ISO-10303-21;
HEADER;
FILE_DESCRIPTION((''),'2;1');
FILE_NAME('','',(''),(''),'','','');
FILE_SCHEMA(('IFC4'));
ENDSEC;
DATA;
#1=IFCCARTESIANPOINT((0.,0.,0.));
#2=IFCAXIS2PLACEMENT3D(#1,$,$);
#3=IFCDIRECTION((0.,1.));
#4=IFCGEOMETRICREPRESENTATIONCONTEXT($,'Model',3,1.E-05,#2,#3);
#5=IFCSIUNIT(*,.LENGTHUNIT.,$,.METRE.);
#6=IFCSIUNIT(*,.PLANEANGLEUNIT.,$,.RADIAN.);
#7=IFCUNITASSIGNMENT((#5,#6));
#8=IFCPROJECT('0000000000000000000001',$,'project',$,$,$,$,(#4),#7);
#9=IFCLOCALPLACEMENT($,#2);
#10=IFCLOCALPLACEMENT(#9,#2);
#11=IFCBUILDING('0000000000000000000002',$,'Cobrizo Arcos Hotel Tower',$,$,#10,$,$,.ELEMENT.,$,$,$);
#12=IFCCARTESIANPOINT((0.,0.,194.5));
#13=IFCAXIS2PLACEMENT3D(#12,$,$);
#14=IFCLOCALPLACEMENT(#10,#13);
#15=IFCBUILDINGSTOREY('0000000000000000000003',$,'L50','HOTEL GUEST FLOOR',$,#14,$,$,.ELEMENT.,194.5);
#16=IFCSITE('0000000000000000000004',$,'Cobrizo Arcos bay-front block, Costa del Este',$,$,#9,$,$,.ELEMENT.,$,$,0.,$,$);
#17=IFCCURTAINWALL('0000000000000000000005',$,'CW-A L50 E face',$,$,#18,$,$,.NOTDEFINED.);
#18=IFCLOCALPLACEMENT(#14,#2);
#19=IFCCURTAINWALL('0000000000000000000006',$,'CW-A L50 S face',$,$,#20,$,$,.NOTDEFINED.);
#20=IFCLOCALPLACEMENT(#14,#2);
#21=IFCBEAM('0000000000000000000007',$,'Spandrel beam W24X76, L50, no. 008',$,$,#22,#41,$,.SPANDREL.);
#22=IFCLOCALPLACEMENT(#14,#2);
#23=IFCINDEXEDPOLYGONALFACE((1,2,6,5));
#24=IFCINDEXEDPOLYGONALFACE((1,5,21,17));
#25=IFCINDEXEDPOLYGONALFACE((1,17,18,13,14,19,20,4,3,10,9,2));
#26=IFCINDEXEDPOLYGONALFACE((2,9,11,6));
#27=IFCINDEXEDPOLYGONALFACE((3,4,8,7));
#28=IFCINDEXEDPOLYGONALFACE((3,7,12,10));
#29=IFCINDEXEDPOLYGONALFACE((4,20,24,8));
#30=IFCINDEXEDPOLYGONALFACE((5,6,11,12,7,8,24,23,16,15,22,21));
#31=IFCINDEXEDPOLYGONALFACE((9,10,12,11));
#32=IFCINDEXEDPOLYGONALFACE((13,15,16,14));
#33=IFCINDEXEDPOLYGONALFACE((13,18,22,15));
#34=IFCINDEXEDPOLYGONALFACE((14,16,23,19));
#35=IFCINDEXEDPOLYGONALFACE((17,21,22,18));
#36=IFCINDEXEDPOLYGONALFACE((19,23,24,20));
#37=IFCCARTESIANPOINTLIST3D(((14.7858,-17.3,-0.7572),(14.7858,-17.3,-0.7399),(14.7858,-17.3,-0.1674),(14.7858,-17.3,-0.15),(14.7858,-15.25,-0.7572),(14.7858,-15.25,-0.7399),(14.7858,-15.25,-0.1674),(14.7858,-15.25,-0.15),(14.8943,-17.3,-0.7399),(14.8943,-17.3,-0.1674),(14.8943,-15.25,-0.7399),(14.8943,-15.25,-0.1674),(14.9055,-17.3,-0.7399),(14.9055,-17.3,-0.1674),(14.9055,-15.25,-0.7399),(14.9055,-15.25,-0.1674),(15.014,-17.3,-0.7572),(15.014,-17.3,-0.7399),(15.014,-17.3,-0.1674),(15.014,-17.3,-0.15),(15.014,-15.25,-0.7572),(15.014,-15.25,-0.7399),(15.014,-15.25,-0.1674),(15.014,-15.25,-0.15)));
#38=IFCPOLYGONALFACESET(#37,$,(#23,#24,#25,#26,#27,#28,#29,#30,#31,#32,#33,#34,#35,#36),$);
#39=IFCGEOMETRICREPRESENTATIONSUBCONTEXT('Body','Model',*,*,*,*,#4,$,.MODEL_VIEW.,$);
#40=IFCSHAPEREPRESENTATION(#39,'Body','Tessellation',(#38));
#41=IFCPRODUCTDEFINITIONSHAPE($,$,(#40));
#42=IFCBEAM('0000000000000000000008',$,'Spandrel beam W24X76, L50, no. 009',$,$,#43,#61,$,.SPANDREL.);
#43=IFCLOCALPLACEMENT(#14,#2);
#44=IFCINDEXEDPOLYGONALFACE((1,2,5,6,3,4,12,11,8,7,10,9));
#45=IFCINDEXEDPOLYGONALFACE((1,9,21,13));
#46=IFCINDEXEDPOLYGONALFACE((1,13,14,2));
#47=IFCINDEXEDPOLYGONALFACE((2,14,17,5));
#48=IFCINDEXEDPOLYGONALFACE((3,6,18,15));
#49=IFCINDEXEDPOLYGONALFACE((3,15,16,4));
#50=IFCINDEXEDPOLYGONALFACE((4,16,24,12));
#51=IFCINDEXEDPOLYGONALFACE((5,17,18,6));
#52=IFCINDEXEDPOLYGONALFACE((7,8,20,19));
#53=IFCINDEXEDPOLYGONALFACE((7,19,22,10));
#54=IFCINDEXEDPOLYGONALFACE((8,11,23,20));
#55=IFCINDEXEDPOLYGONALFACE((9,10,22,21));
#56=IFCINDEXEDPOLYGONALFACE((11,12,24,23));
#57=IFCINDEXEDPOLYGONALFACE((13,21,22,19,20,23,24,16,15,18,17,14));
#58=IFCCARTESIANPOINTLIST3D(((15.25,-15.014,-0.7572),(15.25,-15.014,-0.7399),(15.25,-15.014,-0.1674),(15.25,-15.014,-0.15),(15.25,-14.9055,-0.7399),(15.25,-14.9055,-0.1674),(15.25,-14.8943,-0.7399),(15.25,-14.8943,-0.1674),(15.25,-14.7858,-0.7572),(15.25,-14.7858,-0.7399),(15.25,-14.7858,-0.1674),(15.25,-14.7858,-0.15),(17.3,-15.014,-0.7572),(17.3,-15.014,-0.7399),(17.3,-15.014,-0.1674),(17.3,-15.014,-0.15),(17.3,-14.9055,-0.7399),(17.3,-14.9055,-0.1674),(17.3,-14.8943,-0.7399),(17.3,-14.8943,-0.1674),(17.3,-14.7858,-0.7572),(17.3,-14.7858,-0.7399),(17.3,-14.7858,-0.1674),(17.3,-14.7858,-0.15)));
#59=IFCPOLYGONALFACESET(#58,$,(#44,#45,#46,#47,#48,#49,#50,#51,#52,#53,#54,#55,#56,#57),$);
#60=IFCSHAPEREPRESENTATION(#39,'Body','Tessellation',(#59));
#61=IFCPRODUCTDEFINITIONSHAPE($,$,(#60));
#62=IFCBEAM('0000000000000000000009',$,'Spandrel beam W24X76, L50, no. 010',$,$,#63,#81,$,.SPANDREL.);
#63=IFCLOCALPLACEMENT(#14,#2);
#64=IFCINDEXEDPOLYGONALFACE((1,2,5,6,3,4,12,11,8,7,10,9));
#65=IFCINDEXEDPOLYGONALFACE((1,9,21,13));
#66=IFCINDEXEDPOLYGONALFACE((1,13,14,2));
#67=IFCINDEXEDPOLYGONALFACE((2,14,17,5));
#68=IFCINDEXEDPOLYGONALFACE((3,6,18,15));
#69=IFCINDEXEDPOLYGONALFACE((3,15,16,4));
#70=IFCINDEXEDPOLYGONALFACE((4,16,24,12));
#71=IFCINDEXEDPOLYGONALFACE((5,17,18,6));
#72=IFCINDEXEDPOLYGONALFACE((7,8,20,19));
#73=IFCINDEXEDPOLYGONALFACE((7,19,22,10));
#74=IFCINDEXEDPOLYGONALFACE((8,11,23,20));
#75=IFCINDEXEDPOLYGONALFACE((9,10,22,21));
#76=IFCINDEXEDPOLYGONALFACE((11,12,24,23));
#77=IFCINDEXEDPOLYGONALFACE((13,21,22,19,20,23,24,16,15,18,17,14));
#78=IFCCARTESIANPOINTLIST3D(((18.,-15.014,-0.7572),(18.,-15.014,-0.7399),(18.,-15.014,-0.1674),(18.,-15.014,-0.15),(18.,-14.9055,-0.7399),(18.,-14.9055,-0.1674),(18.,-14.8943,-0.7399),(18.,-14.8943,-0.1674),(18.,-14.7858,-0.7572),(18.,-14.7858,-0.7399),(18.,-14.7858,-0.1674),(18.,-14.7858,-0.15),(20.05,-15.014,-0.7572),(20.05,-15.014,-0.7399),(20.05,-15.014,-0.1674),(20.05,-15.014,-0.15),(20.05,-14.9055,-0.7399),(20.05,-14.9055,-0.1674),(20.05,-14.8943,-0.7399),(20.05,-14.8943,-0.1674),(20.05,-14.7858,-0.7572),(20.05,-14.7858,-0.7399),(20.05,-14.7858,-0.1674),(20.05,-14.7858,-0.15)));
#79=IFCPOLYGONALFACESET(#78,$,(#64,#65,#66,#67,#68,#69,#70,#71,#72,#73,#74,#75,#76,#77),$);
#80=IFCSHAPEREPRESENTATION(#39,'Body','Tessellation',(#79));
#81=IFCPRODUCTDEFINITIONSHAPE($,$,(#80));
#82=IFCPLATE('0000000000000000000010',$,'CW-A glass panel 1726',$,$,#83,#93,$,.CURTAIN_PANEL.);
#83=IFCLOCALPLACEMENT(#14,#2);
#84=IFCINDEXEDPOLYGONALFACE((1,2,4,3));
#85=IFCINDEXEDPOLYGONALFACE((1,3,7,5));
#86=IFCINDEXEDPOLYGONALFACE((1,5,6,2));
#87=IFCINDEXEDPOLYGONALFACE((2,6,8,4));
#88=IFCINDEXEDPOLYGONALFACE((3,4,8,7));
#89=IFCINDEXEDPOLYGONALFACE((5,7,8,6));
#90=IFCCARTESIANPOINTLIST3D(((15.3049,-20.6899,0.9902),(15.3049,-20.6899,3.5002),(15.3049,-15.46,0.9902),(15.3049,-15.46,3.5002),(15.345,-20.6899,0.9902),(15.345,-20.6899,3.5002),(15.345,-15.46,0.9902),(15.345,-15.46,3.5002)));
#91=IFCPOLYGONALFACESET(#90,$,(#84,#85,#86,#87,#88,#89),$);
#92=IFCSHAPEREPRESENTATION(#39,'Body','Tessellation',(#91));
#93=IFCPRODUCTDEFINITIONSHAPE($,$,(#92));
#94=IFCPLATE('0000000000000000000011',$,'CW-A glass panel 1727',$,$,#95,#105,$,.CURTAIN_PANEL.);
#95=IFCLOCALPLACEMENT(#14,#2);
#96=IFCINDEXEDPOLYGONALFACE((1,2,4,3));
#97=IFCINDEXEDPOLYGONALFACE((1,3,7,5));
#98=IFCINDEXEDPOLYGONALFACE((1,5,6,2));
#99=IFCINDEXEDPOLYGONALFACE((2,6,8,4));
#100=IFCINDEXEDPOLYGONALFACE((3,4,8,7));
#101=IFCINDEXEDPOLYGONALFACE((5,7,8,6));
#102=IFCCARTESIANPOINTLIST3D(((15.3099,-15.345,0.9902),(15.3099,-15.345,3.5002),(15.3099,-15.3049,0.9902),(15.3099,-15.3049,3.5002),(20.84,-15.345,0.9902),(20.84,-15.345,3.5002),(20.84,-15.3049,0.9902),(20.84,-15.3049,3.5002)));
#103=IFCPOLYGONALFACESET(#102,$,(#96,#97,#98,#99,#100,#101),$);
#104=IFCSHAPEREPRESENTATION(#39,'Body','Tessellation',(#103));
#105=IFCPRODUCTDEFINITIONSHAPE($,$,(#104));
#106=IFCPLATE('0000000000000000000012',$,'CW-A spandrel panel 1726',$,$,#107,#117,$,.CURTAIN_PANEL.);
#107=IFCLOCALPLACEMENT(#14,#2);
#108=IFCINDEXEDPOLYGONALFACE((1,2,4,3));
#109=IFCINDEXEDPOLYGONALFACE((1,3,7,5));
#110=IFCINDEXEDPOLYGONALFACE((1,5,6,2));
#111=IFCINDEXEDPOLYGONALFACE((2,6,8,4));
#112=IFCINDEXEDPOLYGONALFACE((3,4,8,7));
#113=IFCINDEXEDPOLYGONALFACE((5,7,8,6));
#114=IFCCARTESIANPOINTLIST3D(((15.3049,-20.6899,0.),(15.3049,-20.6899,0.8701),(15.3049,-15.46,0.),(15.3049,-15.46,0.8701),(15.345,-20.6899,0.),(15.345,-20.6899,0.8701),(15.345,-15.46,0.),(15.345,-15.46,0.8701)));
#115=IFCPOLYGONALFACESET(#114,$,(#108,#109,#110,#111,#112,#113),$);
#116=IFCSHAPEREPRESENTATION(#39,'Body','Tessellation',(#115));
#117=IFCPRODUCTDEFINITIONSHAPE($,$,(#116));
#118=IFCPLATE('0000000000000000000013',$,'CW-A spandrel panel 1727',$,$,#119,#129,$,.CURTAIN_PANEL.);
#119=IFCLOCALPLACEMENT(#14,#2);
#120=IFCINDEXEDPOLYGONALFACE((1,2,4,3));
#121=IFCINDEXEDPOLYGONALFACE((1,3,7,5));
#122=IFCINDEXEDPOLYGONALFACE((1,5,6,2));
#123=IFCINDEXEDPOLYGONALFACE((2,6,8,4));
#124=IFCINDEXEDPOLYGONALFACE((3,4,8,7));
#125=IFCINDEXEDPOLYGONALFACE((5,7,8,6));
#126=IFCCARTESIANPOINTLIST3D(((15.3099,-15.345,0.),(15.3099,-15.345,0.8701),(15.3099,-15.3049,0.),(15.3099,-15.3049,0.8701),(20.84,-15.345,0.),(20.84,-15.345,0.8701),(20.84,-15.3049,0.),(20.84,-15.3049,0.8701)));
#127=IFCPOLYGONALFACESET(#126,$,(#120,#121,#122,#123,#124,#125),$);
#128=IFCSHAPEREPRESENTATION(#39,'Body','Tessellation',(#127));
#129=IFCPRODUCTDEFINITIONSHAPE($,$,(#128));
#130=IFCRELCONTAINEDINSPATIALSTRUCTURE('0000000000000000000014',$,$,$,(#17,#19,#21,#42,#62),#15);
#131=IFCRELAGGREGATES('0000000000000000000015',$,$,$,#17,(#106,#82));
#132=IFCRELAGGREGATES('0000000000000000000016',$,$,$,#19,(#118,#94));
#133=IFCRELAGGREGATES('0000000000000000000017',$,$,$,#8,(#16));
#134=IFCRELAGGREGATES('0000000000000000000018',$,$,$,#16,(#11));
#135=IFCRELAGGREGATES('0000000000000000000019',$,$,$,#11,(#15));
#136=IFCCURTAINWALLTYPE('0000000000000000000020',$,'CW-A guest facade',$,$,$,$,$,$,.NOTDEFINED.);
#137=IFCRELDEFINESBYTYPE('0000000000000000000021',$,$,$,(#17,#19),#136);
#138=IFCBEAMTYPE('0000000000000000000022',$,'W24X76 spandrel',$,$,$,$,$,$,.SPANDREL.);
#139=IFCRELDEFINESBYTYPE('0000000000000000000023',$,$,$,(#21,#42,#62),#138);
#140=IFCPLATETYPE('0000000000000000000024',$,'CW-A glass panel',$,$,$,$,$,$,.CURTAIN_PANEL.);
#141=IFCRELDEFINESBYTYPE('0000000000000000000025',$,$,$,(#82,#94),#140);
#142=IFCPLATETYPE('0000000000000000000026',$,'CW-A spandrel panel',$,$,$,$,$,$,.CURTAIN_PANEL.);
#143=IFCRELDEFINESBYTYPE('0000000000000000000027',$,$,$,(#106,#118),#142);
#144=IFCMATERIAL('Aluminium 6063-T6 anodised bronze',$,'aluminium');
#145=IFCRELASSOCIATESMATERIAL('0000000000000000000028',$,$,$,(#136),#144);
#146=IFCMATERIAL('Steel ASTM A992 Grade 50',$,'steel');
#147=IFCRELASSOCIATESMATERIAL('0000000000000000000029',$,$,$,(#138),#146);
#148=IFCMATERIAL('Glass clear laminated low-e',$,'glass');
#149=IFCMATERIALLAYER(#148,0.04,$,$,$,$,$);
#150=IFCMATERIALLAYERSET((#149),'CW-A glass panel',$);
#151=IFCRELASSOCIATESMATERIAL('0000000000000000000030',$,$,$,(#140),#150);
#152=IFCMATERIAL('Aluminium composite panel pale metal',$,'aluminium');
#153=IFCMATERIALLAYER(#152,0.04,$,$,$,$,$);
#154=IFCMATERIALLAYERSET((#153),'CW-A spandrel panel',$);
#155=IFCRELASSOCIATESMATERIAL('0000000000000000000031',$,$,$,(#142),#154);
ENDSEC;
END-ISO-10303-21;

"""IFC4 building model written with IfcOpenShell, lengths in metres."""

from ifc_helpers import new_model, si_unit, direction, frame, origin, origin_2d, place, context, subcontext, project, spatial, rectangle, i_section, extrude, material, layer, layer_set, material_profile, profile_set, type_object, element, aggregate, save


model = new_model("IFC4")

# Units and contexts
model_context = context("Model", 3, precision=1e-05, world=origin(), true_north=direction((0.0, 1.0)))
body_context = subcontext(model_context, "Body", "Model", "MODEL_VIEW")
ifc_project = project(units=[si_unit("LENGTHUNIT", "METRE"), si_unit("PLANEANGLEUNIT", "RADIAN")], contexts=[model_context])

# Site, building, storey
site_placement = place(None, origin())
site = spatial("IfcSite", under=ifc_project, at=site_placement, Name="Cobrizo Arcos bay-front block, Costa del Este", CompositionType="ELEMENT", RefElevation=0.0)
building_placement = place(site_placement, origin())
building = spatial("IfcBuilding", under=site, at=building_placement, Name="Cobrizo Arcos Hotel Tower", CompositionType="ELEMENT")
storey_placement = place(building_placement, frame((0.0, 0.0, 194.5)))
storey = spatial("IfcBuildingStorey", under=building, at=storey_placement, Name="L50", Description="HOTEL GUEST FLOOR", CompositionType="ELEMENT", Elevation=194.5)

# Shared definitions
ifc_material_1 = material(Name="Aluminium 6063-T6 anodised bronze", Category="aluminium")
curtain_wall_type = type_object("IfcCurtainWallType", Name="CW-A guest facade", PredefinedType="NOTDEFINED", material=ifc_material_1)

# Curtain walls
curtain_wall_1_placement = place(storey_placement, origin())
curtain_wall_1 = element("IfcCurtainWall", 1, at=curtain_wall_1_placement, inside=storey, type_object=curtain_wall_type, Name="CW-A L50 E face", PredefinedType="NOTDEFINED")
curtain_wall_2_placement = place(storey_placement, origin())
curtain_wall_2 = element("IfcCurtainWall", 2, at=curtain_wall_2_placement, inside=storey, type_object=curtain_wall_type, Name="CW-A L50 S face", PredefinedType="NOTDEFINED")

# Beams
ifc_material_2 = material(Name="Steel ASTM A992 Grade 50", Category="steel")
ifc_material_profile_1 = material_profile(ifc_material_2, i_section(OverallWidth=0.2283, OverallDepth=0.6072, WebThickness=0.0112, FlangeThickness=0.0173, at=origin_2d()), Name="W24X76")
ifc_profile_set_1 = profile_set([ifc_material_profile_1], Name="Steel ASTM A992 Grade 50")
beam_type = type_object("IfcBeamType", Name="W24X76 spandrel", PredefinedType="SPANDREL", material=ifc_profile_set_1)
for number, where, z_axis, x_axis, name in (
    (3, (14.8999, -17.3, -0.4536), (0.0, 1.0, 0.0), (-1.0, 0.0, 0.0), "Spandrel beam W24X76, L50, no. 008"),
    (4, (15.25, -14.8999, -0.4536), (1.0, 0.0, 0.0), (0.0, 1.0, 0.0), "Spandrel beam W24X76, L50, no. 009"),
    (5, (18.0, -14.8999, -0.4536), (1.0, 0.0, 0.0), (0.0, 1.0, 0.0), "Spandrel beam W24X76, L50, no. 010"),
):
    element("IfcBeam", number, at=place(storey_placement, frame(where, z_axis=z_axis, x_axis=x_axis)), inside=storey, type_object=beam_type, Name=name, PredefinedType="SPANDREL", context=body_context, shape_type="SweptSolid", body=[
        extrude(i_section(OverallWidth=0.2283, OverallDepth=0.6072, WebThickness=0.0112, FlangeThickness=0.0173, at=origin_2d()), origin(), (0.0, 0.0, 1.0), 2.05),
    ])

# Plates
ifc_material_3 = material(Name="Glass clear laminated low-e", Category="glass")
ifc_layer_1 = layer(ifc_material_3, 0.04)
ifc_layer_set_1 = layer_set([ifc_layer_1], Name="CW-A glass panel")
plate_type_1 = type_object("IfcPlateType", Name="CW-A glass panel", PredefinedType="CURTAIN_PANEL", material=ifc_layer_set_1)
plate_1_placement = place(storey_placement, frame((15.325, -18.075, 0.9902), z_axis=(0.0, 0.0, 1.0), x_axis=(0.0, 1.0, 0.0)))
plate_1 = element("IfcPlate", 6, at=plate_1_placement, type_object=plate_type_1, Name="CW-A glass panel 1726", PredefinedType="CURTAIN_PANEL", context=body_context, shape_type="SweptSolid", body=[
    extrude(rectangle(XDim=5.23, YDim=0.04, at=origin_2d()), origin(), (0.0, 0.0, 1.0), 2.51),
])
plate_2_placement = place(storey_placement, frame((18.075, -15.325, 0.9902), z_axis=(0.0, 0.0, 1.0), x_axis=(1.0, 0.0, 0.0)))
plate_2 = element("IfcPlate", 7, at=plate_2_placement, type_object=plate_type_1, Name="CW-A glass panel 1727", PredefinedType="CURTAIN_PANEL", context=body_context, shape_type="SweptSolid", body=[
    extrude(rectangle(XDim=5.53, YDim=0.04, at=origin_2d()), origin(), (0.0, 0.0, 1.0), 2.51),
])
ifc_material_4 = material(Name="Aluminium composite panel pale metal", Category="aluminium")
ifc_layer_2 = layer(ifc_material_4, 0.04)
ifc_layer_set_2 = layer_set([ifc_layer_2], Name="CW-A spandrel panel")
plate_type_2 = type_object("IfcPlateType", Name="CW-A spandrel panel", PredefinedType="CURTAIN_PANEL", material=ifc_layer_set_2)
plate_3_placement = place(storey_placement, frame((15.325, -18.075, 0.0), z_axis=(0.0, 0.0, 1.0), x_axis=(0.0, 1.0, 0.0)))
plate_3 = element("IfcPlate", 8, at=plate_3_placement, type_object=plate_type_2, Name="CW-A spandrel panel 1726", PredefinedType="CURTAIN_PANEL", context=body_context, shape_type="SweptSolid", body=[
    extrude(rectangle(XDim=5.23, YDim=0.04, at=origin_2d()), origin(), (0.0, 0.0, 1.0), 0.8701),
])
aggregate(curtain_wall_1, [plate_3, plate_1])
plate_4_placement = place(storey_placement, frame((18.075, -15.325, 0.0), z_axis=(0.0, 0.0, 1.0), x_axis=(1.0, 0.0, 0.0)))
plate_4 = element("IfcPlate", 9, at=plate_4_placement, type_object=plate_type_2, Name="CW-A spandrel panel 1727", PredefinedType="CURTAIN_PANEL", context=body_context, shape_type="SweptSolid", body=[
    extrude(rectangle(XDim=5.53, YDim=0.04, at=origin_2d()), origin(), (0.0, 0.0, 1.0), 0.8701),
])
aggregate(curtain_wall_2, [plate_4, plate_2])

save(model, "model.ifc")
